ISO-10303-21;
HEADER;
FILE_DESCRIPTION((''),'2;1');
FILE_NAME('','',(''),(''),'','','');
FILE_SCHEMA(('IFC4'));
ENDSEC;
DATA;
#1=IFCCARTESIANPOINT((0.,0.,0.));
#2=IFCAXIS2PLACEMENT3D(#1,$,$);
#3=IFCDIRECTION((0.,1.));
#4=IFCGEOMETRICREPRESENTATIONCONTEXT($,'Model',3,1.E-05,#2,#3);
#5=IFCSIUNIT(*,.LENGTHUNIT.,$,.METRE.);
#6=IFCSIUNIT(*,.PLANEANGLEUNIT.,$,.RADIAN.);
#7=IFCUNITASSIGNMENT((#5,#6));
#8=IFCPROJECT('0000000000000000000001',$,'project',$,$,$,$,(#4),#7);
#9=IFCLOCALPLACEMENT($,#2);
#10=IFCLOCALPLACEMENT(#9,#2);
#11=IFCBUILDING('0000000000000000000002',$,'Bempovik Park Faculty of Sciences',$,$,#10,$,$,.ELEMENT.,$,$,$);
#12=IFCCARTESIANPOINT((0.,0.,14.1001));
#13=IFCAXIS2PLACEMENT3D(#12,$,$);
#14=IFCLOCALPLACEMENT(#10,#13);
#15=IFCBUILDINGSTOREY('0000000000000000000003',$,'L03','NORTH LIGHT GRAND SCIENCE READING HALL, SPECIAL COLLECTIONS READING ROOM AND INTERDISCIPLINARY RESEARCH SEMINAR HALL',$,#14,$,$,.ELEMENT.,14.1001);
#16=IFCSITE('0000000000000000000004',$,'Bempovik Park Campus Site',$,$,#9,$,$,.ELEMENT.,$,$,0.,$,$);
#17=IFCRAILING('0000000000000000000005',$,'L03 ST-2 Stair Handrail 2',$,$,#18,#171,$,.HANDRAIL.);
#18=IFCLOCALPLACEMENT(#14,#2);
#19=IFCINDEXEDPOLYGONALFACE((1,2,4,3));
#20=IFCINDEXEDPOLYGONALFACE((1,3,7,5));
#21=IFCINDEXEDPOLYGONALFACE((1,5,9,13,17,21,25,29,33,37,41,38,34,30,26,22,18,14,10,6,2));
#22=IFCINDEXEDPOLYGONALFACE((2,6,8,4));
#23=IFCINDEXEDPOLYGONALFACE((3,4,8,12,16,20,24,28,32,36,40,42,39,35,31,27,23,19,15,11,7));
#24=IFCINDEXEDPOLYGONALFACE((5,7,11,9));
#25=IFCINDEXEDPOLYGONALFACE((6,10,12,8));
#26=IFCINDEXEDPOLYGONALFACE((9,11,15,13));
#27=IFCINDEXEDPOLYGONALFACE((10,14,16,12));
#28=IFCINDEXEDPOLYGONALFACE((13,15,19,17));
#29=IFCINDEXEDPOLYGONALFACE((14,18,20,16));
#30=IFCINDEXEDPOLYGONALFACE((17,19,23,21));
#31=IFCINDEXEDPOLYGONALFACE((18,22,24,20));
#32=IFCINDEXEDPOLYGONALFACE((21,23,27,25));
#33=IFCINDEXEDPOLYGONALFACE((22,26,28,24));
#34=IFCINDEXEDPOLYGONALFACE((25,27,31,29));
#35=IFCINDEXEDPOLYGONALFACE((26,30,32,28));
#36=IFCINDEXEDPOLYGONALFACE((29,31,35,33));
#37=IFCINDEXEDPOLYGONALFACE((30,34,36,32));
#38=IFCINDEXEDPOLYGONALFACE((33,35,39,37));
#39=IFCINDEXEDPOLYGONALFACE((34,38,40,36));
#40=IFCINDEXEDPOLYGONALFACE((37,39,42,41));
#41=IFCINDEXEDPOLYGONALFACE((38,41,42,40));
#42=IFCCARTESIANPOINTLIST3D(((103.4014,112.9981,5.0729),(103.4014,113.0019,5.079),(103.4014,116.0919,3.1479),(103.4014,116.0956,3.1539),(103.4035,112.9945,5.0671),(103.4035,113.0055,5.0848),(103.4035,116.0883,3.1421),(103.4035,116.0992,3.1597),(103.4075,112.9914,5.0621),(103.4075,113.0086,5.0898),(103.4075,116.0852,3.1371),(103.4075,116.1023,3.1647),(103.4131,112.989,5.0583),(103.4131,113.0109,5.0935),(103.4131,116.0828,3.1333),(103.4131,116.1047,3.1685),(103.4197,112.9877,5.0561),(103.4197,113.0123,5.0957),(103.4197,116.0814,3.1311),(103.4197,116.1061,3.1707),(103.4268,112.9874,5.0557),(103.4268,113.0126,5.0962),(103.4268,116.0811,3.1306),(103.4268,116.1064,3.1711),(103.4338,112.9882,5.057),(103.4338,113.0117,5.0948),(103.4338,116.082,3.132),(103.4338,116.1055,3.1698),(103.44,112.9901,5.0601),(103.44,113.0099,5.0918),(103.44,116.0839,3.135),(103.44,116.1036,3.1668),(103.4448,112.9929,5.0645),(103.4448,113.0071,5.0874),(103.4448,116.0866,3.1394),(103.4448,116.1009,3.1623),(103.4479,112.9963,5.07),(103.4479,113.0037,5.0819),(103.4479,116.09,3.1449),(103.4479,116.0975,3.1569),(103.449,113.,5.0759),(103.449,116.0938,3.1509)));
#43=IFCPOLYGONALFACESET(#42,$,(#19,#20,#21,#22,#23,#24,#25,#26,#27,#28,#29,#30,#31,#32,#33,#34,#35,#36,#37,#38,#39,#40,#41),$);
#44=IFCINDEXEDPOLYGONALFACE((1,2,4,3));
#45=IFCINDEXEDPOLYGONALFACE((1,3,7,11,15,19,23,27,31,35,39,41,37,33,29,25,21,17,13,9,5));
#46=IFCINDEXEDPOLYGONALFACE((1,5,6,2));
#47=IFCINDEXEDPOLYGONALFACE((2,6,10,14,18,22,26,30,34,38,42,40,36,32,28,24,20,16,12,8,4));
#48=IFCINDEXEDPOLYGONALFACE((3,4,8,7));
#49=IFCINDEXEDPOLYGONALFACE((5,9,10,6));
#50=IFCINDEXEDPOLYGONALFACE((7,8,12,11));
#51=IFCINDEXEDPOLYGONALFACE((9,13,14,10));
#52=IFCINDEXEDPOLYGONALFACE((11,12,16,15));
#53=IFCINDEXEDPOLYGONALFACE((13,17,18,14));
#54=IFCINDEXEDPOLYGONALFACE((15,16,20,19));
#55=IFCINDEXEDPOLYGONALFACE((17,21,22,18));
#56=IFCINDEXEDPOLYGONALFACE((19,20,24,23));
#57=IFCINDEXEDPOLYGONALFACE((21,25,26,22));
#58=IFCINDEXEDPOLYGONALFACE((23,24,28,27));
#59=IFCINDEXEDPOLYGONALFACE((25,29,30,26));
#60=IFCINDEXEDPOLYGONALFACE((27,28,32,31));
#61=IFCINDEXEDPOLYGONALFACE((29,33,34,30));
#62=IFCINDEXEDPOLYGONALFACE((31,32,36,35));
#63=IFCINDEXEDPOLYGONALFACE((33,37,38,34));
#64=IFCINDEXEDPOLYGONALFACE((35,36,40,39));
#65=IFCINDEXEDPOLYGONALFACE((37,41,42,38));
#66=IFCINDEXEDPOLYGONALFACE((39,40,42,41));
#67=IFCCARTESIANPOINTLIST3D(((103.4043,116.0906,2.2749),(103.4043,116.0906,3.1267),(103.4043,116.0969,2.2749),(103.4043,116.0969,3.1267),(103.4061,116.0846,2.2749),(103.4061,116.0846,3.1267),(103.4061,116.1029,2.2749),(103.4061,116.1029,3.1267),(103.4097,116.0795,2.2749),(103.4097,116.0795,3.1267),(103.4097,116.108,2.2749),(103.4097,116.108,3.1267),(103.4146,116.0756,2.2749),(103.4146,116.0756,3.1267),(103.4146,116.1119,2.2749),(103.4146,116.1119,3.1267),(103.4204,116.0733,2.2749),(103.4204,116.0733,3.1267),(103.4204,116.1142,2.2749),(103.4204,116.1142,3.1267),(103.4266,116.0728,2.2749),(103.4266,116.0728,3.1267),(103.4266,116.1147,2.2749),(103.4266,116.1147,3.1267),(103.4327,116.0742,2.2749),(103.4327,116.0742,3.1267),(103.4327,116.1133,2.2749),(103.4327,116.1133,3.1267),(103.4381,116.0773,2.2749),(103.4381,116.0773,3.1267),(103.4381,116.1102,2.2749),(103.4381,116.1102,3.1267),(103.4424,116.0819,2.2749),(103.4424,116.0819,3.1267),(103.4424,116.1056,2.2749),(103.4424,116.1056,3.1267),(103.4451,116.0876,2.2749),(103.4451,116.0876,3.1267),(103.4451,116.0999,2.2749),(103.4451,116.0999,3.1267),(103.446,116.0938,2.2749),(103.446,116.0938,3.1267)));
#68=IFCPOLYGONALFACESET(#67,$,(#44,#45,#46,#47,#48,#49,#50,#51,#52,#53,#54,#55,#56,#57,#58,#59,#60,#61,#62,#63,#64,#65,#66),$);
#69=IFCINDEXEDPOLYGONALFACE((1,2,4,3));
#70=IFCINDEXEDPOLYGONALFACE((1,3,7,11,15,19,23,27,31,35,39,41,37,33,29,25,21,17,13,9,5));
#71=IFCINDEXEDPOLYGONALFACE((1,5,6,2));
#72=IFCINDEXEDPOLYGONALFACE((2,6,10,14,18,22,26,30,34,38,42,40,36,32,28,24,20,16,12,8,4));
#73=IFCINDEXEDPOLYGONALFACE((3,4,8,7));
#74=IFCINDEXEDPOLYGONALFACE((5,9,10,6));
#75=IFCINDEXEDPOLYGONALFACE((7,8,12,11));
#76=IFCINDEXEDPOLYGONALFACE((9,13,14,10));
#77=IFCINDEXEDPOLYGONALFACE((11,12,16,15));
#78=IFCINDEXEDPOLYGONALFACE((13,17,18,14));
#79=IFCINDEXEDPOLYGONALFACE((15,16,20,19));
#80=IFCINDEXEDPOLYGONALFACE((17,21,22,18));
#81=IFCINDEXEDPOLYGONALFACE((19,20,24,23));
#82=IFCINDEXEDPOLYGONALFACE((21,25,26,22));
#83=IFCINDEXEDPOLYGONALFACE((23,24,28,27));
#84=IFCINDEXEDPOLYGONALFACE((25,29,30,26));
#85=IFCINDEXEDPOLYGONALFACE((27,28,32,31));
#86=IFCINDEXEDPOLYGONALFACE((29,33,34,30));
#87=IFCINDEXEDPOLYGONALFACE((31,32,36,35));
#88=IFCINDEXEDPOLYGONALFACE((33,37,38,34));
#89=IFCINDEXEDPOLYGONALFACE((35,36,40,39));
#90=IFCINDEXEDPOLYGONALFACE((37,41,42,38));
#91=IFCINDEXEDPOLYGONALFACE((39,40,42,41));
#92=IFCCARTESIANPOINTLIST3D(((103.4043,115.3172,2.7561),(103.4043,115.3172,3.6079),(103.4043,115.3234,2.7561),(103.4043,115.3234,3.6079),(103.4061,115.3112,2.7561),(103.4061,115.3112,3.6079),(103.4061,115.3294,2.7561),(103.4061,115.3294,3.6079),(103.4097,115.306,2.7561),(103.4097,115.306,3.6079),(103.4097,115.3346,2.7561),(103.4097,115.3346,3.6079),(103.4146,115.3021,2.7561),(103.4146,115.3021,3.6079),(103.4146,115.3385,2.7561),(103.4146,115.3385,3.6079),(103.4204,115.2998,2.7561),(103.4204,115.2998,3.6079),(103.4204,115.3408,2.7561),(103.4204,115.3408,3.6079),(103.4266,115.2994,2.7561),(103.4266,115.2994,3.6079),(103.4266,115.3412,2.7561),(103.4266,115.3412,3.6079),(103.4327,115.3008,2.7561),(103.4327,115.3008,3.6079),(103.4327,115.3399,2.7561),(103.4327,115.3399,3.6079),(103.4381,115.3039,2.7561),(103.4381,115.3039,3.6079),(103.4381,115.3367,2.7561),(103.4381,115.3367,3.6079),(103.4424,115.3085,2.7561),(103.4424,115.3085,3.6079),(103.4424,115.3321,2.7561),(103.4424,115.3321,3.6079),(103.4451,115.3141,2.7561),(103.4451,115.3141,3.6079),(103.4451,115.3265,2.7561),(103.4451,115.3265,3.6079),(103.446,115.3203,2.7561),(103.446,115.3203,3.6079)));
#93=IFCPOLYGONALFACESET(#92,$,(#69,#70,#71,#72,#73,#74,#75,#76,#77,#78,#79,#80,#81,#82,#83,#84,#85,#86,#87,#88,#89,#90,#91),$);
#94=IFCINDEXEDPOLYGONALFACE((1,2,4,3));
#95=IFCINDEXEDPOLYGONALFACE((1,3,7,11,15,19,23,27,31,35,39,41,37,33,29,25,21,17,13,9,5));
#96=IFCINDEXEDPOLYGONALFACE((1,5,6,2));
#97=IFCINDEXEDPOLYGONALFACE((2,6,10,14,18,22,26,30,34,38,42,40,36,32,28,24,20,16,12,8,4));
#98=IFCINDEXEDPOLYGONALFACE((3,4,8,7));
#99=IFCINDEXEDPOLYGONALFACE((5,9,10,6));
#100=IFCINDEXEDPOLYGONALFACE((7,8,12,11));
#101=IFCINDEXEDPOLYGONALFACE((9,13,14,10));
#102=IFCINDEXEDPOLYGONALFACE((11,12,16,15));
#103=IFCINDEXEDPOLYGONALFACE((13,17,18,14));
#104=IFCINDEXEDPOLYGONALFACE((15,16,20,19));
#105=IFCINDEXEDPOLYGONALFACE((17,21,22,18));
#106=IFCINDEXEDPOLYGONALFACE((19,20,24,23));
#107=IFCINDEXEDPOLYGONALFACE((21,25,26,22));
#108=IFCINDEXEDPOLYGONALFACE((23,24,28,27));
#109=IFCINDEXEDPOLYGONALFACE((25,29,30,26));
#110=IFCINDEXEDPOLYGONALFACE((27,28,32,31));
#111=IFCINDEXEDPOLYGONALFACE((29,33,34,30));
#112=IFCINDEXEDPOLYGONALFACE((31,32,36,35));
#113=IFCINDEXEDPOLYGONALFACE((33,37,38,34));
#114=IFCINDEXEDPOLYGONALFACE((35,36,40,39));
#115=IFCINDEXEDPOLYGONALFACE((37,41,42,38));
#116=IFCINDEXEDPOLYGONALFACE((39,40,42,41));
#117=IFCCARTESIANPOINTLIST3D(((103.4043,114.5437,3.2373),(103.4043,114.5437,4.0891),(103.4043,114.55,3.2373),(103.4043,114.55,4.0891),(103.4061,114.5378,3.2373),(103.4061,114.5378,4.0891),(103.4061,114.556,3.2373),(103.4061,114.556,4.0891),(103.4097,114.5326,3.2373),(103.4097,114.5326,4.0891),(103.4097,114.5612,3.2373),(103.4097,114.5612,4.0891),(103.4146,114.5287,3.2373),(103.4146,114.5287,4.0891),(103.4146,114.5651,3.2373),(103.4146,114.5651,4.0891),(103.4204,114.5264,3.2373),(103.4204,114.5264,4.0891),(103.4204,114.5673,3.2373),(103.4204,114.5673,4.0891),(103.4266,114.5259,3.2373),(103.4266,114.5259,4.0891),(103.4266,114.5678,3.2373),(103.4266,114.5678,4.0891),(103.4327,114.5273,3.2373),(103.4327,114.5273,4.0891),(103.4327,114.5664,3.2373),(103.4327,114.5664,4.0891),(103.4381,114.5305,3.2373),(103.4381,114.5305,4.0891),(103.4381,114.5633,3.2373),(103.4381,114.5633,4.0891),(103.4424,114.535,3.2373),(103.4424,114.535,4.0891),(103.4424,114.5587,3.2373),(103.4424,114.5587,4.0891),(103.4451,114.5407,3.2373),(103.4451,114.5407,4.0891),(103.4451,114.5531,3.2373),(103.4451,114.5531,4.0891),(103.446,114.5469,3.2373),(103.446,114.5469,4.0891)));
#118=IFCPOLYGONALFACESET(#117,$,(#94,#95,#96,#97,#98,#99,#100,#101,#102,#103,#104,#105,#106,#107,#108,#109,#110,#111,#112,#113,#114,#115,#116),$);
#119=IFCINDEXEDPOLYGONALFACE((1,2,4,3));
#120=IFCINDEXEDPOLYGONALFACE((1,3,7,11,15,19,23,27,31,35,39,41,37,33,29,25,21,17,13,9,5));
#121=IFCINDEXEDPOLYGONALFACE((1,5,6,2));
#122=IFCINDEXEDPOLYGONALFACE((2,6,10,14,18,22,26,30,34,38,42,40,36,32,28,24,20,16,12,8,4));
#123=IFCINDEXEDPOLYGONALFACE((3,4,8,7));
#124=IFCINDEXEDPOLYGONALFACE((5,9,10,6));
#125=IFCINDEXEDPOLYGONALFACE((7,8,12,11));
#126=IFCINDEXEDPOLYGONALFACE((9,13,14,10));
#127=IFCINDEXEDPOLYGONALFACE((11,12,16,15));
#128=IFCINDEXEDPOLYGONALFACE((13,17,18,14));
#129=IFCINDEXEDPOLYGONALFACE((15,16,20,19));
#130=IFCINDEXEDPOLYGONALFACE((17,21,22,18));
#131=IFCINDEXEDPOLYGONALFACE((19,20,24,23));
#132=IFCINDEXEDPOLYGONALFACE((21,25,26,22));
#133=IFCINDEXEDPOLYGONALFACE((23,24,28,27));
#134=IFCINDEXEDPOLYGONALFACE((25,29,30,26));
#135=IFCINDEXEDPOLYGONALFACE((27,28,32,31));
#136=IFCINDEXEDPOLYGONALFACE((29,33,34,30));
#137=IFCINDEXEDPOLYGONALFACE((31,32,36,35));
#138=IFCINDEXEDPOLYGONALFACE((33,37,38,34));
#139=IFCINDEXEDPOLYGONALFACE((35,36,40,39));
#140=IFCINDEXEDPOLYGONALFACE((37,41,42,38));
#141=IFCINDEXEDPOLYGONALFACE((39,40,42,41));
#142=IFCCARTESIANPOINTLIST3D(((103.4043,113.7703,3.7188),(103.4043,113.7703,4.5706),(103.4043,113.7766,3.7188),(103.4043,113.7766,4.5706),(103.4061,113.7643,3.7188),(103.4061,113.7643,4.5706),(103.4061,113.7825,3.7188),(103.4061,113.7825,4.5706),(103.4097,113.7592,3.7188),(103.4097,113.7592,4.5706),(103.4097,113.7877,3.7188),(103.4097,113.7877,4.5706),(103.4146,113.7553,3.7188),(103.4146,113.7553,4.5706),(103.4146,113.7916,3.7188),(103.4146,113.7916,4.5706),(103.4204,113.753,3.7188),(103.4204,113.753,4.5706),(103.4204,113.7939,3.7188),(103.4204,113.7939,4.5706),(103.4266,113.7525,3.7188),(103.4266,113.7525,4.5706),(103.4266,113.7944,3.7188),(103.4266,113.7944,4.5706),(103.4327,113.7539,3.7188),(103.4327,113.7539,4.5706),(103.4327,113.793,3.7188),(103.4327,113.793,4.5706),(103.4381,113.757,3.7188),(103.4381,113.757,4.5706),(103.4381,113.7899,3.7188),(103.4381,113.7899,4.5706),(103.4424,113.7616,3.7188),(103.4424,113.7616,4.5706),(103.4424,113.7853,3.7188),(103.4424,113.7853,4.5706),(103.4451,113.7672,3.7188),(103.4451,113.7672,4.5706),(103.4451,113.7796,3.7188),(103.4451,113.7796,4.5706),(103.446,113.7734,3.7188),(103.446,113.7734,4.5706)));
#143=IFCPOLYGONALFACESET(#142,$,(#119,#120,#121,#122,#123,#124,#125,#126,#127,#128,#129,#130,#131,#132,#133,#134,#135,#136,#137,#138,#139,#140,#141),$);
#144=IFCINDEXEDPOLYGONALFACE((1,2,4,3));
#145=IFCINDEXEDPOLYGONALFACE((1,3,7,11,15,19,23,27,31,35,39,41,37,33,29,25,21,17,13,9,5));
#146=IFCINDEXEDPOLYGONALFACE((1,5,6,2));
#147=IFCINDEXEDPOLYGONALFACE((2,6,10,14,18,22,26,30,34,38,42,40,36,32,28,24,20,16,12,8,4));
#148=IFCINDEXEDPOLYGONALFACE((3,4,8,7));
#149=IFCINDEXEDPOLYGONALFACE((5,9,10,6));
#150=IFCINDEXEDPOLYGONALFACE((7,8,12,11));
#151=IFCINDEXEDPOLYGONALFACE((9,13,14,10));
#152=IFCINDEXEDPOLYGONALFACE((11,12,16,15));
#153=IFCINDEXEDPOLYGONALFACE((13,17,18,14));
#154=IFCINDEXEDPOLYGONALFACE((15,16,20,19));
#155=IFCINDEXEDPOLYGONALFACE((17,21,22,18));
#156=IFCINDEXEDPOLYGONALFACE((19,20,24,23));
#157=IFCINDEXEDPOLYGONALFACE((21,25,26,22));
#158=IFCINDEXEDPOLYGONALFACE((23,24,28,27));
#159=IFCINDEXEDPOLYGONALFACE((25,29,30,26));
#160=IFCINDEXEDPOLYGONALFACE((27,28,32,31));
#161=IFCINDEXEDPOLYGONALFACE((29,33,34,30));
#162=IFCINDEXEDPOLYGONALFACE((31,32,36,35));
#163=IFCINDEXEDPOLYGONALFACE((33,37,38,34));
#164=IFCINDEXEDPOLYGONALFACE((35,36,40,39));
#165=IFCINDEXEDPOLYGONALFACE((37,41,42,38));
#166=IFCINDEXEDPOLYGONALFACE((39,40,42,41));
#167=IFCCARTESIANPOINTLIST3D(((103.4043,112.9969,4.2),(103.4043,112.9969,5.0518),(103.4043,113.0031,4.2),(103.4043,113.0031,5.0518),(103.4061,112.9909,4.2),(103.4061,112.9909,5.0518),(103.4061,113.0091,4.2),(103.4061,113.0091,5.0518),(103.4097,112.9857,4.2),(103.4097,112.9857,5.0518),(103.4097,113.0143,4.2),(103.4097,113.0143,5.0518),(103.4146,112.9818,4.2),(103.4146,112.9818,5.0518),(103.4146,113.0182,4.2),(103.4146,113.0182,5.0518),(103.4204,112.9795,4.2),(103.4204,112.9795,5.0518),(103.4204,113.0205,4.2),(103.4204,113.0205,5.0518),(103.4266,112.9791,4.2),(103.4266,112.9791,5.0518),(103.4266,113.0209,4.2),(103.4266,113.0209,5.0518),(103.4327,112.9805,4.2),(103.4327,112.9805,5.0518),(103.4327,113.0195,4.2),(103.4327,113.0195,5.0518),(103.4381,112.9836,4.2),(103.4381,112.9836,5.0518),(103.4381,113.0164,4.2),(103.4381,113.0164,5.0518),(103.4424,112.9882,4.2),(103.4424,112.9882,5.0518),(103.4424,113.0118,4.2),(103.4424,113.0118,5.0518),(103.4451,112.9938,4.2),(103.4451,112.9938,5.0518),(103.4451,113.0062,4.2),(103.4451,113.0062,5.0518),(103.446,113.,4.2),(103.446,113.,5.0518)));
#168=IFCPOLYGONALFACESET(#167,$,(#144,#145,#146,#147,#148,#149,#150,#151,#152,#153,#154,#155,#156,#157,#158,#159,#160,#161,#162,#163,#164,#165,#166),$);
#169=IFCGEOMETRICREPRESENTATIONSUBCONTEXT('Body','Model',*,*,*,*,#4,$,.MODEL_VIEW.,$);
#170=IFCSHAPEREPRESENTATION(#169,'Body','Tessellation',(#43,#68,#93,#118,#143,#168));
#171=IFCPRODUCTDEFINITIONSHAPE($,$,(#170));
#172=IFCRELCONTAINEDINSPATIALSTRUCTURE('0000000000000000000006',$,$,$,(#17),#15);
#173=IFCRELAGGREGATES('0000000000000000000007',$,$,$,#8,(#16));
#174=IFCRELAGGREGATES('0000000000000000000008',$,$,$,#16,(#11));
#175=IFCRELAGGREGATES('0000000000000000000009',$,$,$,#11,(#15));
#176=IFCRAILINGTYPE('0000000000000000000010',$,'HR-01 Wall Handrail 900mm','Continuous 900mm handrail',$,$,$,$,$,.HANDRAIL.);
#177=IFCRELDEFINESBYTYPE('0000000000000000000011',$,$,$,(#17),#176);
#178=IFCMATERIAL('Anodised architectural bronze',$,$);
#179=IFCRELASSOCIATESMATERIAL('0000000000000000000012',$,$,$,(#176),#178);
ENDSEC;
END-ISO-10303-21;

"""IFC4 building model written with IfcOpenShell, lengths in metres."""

from ifc_helpers import new_model, si_unit, direction, frame, origin, origin_2d, place, context, subcontext, project, spatial, circle, extrude, material, type_object, element, save


model = new_model("IFC4")

# Units and contexts
model_context = context("Model", 3, precision=1e-05, world=origin(), true_north=direction((0.0, 1.0)))
body_context = subcontext(model_context, "Body", "Model", "MODEL_VIEW")
ifc_project = project(units=[si_unit("LENGTHUNIT", "METRE"), si_unit("PLANEANGLEUNIT", "RADIAN")], contexts=[model_context])

# Site, building, storey
site_placement = place(None, origin())
site = spatial("IfcSite", under=ifc_project, at=site_placement, Name="Bempovik Park Campus Site", CompositionType="ELEMENT", RefElevation=0.0)
building_placement = place(site_placement, origin())
building = spatial("IfcBuilding", under=site, at=building_placement, Name="Bempovik Park Faculty of Sciences", CompositionType="ELEMENT")
storey_placement = place(building_placement, frame((0.0, 0.0, 14.1001)))
storey = spatial("IfcBuildingStorey", under=building, at=storey_placement, Name="L03", Description="NORTH LIGHT GRAND SCIENCE READING HALL, SPECIAL COLLECTIONS READING ROOM AND INTERDISCIPLINARY RESEARCH SEMINAR HALL", CompositionType="ELEMENT", Elevation=14.1001)

# Shared definitions
ifc_material_1 = material(Name="Anodised architectural bronze")

# Railing
railing_type_1 = type_object("IfcRailingType", Name="HR-01 Wall Handrail 900mm", Description="Continuous 900mm handrail", PredefinedType="HANDRAIL", material=ifc_material_1)
railing_1_placement = place(storey_placement, frame((103.425, 116.0938, 2.2749)))
element("IfcRailing", 1, at=railing_1_placement, inside=storey, type_object=railing_type_1, Name="L03 ST-2 Stair Handrail 2", PredefinedType="HANDRAIL", context=body_context, shape_type="SweptSolid", body=[
    extrude(circle(Radius=0.0239, at=origin_2d()), frame((0.0, 0.0, 0.876), z_axis=(0.0, -0.849051, 0.528312), x_axis=(1.0, 0.0, 0.0)), (0.0, 0.0, 1.0), 3.6438),
    extrude(circle(Radius=0.021, at=origin_2d()), origin(), (0.0, 0.0, 1.0), 0.8518),
    extrude(circle(Radius=0.021, at=origin_2d()), frame((0.0, -0.7734, 0.4812)), (0.0, 0.0, 1.0), 0.8518),
    extrude(circle(Radius=0.021, at=origin_2d()), frame((0.0, -1.5469, 0.9624)), (0.0, 0.0, 1.0), 0.8518),
    extrude(circle(Radius=0.021, at=origin_2d()), frame((0.0, -2.3203, 1.4438)), (0.0, 0.0, 1.0), 0.8518),
    extrude(circle(Radius=0.021, at=origin_2d()), frame((0.0, -3.0938, 1.925)), (0.0, 0.0, 1.0), 0.8518),
])

save(model, "model.ifc")
